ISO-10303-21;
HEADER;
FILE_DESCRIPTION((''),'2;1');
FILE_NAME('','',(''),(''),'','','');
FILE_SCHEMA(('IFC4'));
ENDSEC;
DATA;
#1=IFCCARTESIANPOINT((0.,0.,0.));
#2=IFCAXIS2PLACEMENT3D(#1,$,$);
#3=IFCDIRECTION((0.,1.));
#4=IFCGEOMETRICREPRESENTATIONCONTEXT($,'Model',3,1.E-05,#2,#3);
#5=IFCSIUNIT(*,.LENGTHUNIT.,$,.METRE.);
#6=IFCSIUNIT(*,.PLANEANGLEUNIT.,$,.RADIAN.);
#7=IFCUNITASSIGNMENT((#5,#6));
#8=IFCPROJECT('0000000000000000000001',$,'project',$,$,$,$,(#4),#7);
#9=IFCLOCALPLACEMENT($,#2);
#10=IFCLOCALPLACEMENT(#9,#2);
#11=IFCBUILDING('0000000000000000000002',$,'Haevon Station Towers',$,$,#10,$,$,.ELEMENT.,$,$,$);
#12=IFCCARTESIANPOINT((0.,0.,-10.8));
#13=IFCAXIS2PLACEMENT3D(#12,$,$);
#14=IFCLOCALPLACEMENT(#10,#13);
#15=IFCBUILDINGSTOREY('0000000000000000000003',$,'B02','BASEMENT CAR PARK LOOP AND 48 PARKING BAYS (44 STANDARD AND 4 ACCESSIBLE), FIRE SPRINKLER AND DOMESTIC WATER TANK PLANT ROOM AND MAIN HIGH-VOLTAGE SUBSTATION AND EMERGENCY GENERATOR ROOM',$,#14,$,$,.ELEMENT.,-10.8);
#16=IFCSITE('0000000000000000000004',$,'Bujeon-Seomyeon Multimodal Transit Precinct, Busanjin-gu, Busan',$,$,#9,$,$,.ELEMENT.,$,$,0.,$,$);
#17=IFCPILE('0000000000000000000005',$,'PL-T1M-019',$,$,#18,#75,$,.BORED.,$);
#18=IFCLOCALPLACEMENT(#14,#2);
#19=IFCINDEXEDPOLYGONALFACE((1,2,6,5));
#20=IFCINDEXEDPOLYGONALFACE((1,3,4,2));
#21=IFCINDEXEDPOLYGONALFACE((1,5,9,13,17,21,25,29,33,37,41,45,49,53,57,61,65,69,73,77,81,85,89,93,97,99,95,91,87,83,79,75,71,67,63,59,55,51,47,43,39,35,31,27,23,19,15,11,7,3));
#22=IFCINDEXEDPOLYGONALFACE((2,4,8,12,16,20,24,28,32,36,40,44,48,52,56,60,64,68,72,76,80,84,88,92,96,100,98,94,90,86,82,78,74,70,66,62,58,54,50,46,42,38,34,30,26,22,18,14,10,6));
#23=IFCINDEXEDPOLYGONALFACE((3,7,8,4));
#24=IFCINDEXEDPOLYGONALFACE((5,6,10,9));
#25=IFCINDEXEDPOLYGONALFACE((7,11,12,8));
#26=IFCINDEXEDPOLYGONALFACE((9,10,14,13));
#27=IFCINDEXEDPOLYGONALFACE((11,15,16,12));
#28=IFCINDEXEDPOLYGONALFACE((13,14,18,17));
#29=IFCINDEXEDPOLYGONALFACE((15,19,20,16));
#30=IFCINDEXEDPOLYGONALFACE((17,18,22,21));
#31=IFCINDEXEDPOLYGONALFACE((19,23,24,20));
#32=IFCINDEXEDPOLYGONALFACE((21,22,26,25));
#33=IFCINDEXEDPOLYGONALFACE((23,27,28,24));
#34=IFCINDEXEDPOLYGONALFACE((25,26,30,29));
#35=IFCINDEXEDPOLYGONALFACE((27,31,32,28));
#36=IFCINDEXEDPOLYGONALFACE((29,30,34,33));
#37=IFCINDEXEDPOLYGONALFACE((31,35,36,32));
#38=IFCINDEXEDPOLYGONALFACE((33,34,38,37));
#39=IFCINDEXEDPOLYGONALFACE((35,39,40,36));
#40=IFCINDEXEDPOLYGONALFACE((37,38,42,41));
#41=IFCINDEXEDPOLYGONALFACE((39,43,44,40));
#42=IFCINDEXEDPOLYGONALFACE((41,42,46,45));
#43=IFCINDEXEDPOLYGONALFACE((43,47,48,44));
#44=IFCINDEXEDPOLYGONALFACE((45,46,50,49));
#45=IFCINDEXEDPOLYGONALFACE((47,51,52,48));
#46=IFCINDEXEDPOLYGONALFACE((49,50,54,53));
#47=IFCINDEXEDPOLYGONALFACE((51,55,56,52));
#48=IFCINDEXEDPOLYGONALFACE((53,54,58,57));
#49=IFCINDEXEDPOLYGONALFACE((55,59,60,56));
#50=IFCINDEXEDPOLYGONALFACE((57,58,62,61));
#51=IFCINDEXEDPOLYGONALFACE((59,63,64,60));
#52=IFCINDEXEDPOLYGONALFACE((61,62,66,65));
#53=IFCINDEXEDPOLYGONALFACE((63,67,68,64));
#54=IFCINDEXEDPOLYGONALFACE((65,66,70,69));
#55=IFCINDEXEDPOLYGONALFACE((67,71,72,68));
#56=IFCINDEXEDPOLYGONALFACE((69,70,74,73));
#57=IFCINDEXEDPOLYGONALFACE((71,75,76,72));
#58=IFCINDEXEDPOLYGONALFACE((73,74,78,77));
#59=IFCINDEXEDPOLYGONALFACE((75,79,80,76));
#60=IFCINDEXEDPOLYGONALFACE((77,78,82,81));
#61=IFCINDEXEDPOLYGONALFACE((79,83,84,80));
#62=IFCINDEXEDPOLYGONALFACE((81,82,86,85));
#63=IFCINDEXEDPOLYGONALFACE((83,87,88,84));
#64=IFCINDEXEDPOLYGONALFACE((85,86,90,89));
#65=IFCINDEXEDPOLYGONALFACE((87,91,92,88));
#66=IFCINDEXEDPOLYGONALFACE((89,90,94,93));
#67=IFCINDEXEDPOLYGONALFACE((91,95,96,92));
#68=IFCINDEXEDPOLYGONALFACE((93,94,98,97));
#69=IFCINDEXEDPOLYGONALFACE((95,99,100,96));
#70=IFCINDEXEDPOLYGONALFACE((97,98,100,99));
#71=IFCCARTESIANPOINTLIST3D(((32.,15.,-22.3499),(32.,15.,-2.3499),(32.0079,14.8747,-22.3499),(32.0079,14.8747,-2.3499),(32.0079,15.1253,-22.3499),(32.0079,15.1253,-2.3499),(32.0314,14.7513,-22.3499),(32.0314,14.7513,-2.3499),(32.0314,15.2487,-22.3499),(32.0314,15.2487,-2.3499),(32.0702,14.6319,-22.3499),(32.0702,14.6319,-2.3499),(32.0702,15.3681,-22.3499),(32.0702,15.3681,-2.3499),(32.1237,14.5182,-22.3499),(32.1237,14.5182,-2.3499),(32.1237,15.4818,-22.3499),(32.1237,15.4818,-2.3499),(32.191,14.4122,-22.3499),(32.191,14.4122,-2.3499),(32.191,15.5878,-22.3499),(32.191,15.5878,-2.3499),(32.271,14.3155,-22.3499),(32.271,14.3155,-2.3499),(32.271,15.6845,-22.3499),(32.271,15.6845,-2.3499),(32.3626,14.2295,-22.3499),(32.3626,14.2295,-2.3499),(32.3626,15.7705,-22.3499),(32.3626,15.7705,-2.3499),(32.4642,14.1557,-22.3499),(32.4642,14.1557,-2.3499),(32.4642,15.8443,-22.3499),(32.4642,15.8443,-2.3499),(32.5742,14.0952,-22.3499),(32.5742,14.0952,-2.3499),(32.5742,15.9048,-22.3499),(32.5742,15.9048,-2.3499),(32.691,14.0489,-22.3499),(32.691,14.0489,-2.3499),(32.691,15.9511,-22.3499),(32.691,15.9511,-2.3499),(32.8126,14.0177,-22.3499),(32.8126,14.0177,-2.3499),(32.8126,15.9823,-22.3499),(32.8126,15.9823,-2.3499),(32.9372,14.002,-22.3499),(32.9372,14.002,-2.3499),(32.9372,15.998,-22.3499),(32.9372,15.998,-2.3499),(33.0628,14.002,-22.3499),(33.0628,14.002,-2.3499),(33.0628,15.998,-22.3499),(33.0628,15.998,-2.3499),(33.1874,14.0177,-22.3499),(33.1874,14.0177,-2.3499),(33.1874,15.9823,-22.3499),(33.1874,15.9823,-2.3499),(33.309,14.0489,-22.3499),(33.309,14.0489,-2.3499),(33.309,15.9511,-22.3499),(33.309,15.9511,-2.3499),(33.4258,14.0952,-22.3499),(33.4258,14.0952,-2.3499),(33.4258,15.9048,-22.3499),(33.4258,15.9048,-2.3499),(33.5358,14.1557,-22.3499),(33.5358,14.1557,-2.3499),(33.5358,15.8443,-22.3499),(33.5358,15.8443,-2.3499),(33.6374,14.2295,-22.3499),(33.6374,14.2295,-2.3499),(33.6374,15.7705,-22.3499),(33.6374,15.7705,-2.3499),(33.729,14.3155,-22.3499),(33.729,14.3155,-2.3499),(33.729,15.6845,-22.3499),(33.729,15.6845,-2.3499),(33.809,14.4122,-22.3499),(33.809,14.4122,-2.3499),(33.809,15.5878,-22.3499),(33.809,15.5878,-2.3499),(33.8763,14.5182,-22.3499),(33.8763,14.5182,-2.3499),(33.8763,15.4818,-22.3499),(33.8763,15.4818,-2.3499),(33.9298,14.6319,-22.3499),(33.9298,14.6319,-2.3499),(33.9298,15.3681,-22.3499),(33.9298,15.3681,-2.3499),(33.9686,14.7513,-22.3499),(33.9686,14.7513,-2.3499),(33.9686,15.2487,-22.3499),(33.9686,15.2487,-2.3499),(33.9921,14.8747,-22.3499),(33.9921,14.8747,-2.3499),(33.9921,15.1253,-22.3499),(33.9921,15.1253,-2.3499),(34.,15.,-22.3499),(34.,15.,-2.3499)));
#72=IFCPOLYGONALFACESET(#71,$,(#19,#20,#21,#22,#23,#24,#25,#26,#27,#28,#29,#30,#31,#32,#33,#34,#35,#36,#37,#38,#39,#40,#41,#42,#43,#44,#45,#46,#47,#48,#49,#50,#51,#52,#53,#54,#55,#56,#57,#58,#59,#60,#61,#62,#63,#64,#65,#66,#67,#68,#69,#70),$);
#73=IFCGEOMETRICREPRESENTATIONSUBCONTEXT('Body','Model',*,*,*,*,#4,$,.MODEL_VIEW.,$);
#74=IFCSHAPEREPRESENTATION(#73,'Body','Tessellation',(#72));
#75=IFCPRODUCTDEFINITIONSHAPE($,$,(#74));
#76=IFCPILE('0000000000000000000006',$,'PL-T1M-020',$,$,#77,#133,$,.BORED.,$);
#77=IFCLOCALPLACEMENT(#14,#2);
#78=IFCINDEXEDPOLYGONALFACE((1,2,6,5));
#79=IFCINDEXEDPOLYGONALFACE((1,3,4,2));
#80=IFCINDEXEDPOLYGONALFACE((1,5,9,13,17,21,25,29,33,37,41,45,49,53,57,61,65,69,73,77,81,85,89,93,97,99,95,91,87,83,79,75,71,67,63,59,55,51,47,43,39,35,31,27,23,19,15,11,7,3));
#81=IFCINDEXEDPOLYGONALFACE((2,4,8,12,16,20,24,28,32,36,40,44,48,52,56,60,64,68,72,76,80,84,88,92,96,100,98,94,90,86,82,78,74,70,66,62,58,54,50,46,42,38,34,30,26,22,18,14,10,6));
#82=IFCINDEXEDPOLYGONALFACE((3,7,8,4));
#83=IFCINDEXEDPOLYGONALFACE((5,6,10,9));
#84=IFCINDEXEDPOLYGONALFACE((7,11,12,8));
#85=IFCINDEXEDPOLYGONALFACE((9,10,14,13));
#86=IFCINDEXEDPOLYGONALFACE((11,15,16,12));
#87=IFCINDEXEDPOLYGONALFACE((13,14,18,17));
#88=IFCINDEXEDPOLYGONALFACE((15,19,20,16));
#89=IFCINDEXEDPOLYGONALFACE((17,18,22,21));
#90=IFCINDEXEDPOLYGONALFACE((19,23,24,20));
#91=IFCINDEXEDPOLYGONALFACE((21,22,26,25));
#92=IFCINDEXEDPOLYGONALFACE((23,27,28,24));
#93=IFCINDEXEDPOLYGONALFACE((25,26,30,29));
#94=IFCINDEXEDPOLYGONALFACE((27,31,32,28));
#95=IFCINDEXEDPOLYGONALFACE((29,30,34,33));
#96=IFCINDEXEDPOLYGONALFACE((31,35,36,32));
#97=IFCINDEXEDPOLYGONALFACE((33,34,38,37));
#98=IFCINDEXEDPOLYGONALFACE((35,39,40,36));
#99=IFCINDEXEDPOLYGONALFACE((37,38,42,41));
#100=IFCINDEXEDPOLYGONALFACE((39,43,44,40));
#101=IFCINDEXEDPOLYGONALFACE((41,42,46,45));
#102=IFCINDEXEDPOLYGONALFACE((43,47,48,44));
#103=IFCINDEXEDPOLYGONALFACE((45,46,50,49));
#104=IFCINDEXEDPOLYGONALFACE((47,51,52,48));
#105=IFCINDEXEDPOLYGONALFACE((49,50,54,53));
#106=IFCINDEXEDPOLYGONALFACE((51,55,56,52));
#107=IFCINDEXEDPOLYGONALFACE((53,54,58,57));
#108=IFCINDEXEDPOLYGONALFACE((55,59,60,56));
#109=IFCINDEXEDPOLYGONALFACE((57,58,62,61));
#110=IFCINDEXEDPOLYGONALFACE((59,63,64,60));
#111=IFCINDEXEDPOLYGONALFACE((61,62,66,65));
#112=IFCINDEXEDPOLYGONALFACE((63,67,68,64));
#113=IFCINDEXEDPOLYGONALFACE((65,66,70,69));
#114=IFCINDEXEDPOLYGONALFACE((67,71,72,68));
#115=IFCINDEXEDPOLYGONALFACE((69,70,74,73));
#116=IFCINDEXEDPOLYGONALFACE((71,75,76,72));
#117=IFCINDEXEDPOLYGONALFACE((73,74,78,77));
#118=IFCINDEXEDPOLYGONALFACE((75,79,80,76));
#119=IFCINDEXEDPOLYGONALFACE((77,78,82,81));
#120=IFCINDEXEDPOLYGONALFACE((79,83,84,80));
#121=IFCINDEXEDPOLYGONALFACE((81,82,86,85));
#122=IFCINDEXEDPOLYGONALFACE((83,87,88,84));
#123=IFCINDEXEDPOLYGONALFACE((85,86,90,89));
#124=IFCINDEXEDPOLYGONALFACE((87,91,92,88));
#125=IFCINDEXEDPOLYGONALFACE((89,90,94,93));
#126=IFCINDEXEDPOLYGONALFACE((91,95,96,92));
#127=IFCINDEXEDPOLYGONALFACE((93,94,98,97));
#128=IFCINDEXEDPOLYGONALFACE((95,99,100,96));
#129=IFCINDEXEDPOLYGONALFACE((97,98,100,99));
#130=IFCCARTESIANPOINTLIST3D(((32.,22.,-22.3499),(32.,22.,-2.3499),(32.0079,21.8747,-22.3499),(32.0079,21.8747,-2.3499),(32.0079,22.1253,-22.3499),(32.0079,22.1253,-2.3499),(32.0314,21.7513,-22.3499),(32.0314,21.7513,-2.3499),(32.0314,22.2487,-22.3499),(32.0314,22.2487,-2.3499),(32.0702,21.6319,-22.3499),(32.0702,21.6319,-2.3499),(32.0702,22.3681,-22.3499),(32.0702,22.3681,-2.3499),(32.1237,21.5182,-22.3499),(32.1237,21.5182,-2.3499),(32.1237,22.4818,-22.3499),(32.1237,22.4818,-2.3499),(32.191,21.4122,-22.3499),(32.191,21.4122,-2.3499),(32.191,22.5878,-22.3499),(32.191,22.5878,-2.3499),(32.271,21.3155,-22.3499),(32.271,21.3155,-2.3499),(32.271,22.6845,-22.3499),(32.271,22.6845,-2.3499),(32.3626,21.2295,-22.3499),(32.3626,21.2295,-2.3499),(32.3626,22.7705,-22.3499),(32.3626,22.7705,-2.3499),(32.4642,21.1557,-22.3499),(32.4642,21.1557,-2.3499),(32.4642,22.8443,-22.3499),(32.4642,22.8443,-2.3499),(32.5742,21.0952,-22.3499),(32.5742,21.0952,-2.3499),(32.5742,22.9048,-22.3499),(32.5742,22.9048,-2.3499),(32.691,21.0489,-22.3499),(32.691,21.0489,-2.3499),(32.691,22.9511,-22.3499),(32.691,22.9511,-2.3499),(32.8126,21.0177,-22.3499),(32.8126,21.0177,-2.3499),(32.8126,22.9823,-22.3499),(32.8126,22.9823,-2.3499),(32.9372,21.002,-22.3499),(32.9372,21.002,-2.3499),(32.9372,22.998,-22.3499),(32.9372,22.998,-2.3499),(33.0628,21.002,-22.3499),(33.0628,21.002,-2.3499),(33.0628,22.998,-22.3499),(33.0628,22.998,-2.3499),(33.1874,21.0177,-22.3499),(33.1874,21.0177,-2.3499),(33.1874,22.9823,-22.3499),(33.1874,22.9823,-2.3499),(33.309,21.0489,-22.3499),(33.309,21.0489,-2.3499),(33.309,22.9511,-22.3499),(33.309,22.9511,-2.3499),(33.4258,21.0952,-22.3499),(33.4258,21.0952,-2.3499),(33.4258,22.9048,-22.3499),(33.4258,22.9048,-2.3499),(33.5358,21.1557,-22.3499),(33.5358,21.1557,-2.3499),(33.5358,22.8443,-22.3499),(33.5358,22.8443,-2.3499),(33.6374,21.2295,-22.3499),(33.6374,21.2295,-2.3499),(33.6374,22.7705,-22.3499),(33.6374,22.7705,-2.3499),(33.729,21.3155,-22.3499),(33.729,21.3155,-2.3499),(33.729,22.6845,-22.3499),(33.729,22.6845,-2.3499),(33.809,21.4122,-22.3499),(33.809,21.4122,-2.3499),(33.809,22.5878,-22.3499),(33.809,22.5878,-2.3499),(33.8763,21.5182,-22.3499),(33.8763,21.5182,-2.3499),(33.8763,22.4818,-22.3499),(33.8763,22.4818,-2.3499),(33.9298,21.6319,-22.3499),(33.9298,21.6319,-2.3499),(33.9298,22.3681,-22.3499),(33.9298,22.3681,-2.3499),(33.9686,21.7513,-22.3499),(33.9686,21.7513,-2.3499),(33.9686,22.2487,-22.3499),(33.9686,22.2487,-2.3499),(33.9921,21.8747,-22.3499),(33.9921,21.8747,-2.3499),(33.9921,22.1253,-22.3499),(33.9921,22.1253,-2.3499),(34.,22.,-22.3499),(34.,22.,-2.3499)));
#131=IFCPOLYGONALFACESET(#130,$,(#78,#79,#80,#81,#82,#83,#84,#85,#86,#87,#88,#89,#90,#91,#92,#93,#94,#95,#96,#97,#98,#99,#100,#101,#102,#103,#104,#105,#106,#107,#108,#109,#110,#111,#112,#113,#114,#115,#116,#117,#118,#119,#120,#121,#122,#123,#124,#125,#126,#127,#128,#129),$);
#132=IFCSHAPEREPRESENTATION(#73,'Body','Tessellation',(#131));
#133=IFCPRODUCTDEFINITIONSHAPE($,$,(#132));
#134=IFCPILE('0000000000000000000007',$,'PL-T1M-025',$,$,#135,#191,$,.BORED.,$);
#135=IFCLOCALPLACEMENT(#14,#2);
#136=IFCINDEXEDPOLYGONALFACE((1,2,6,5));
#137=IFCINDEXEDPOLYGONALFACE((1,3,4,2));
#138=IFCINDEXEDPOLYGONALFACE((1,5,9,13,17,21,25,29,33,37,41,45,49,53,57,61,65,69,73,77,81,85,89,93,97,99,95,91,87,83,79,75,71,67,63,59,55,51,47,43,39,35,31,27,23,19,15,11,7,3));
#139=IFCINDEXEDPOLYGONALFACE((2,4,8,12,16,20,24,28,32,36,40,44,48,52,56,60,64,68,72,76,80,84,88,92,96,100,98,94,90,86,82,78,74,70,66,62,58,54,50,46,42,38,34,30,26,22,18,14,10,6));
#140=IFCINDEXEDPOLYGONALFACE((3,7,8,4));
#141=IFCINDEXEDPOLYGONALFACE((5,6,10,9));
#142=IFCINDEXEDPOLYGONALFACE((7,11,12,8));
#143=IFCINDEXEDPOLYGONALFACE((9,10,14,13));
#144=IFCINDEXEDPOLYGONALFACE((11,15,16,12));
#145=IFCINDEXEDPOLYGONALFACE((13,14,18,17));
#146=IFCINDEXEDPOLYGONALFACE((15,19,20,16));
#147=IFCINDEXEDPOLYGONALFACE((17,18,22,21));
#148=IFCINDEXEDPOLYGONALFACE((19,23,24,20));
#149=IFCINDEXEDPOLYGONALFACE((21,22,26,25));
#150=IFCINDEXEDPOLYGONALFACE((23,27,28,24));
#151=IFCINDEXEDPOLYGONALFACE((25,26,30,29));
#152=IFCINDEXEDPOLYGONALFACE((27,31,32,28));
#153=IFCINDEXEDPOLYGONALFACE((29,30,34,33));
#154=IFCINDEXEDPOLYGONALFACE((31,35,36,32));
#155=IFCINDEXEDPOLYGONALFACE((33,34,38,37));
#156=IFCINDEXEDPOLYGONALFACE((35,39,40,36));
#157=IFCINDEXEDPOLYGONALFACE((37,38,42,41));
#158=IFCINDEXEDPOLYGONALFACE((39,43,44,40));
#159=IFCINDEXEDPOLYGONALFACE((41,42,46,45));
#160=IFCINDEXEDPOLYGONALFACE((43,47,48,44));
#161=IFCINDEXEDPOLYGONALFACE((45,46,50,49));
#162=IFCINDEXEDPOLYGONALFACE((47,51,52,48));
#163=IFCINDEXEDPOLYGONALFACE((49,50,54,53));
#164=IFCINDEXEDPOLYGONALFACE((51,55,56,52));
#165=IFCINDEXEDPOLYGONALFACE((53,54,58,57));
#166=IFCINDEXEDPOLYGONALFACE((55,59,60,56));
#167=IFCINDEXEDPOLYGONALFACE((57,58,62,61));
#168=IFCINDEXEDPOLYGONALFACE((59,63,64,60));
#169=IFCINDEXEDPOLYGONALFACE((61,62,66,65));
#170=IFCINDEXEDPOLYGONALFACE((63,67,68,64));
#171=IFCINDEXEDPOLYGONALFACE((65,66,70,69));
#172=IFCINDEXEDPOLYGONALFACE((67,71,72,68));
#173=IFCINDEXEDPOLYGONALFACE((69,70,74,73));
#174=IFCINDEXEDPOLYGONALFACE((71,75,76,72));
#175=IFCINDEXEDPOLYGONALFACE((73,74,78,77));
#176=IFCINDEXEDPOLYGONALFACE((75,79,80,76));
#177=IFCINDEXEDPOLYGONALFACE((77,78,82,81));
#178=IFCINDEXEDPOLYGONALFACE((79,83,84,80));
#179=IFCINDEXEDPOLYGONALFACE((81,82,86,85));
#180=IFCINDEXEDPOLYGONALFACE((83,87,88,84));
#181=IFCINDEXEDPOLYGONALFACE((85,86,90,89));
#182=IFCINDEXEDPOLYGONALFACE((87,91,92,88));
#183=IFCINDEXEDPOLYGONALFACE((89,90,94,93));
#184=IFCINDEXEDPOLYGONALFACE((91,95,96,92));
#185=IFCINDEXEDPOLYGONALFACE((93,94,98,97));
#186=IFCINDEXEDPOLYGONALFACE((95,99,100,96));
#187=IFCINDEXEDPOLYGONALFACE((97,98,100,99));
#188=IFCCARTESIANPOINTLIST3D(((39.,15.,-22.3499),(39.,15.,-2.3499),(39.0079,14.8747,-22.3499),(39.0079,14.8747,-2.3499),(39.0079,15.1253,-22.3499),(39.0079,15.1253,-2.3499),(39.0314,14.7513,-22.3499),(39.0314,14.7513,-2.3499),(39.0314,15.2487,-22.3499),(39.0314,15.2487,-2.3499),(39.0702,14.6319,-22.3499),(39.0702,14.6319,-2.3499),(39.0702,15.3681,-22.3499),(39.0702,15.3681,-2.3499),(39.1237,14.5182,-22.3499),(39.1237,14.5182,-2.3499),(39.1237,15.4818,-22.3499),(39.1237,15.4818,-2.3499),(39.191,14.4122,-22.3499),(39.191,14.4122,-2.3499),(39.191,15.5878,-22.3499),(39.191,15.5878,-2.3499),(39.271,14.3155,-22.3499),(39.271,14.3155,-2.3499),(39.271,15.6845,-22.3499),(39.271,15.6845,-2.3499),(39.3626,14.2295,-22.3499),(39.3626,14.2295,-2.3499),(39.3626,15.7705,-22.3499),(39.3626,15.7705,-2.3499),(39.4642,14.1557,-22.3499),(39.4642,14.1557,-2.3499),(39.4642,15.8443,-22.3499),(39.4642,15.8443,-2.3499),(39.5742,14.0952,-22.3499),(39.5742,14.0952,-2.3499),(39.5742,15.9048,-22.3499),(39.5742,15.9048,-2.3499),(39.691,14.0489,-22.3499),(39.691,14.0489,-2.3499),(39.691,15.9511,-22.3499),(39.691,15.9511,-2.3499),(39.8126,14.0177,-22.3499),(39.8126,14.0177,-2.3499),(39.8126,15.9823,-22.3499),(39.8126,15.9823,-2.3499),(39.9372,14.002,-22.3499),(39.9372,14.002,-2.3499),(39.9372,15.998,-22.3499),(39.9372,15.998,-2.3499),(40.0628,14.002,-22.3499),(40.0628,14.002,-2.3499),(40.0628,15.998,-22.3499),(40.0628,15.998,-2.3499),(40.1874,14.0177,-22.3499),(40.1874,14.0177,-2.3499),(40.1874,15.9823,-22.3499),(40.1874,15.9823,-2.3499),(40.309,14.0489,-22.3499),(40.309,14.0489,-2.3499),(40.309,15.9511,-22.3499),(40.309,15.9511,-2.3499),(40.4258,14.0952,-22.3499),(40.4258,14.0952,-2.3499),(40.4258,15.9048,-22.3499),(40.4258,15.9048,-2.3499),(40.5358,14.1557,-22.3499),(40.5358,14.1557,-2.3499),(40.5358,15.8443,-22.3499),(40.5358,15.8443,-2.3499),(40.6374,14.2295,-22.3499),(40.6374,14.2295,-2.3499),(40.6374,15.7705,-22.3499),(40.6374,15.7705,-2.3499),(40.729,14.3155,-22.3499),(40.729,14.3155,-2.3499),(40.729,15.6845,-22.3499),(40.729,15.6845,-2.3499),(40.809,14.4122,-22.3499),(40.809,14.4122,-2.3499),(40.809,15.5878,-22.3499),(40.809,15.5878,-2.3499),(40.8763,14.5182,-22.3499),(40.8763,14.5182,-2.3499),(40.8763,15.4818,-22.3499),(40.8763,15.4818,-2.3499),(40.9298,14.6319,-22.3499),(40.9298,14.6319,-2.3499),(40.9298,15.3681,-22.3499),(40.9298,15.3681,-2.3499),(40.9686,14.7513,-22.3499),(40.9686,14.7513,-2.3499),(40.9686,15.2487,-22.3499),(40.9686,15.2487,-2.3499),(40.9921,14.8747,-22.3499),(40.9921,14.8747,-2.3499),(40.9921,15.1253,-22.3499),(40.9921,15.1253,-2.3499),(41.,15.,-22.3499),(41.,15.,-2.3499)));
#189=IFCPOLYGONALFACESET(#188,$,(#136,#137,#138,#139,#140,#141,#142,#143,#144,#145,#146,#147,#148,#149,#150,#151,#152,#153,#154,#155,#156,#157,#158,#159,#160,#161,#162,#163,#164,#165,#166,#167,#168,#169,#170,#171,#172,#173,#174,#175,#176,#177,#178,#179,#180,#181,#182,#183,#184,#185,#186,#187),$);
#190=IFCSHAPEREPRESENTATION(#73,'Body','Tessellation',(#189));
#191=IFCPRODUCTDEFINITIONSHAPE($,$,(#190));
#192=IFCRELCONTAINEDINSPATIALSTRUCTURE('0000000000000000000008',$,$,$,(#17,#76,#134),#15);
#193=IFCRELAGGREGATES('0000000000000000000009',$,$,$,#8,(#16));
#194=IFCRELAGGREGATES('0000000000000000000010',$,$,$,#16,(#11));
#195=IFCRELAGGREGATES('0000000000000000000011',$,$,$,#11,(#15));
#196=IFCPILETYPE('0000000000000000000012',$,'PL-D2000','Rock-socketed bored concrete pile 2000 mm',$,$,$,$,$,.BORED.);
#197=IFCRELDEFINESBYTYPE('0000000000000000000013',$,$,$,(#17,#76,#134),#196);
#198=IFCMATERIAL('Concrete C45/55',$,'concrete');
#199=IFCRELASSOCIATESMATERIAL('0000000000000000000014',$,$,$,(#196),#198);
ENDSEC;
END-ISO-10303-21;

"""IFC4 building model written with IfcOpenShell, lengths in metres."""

from ifc_helpers import new_model, si_unit, direction, frame, origin, origin_2d, place, context, subcontext, project, spatial, circle, extrude, material, material_profile, profile_set, type_object, element, save


model = new_model("IFC4")

# Units and contexts
model_context = context("Model", 3, precision=1e-05, world=origin(), true_north=direction((0.0, 1.0)))
body_context = subcontext(model_context, "Body", "Model", "MODEL_VIEW")
ifc_project = project(units=[si_unit("LENGTHUNIT", "METRE"), si_unit("PLANEANGLEUNIT", "RADIAN")], contexts=[model_context])

# Site, building, storey
site_placement = place(None, origin())
site = spatial("IfcSite", under=ifc_project, at=site_placement, Name="Bujeon-Seomyeon Multimodal Transit Precinct, Busanjin-gu, Busan", CompositionType="ELEMENT", RefElevation=0.0)
building_placement = place(site_placement, origin())
building = spatial("IfcBuilding", under=site, at=building_placement, Name="Haevon Station Towers", CompositionType="ELEMENT")
storey_placement = place(building_placement, frame((0.0, 0.0, -10.8)))
storey = spatial("IfcBuildingStorey", under=building, at=storey_placement, Name="B02", Description="BASEMENT CAR PARK LOOP AND 48 PARKING BAYS (44 STANDARD AND 4 ACCESSIBLE), FIRE SPRINKLER AND DOMESTIC WATER TANK PLANT ROOM AND MAIN HIGH-VOLTAGE SUBSTATION AND EMERGENCY GENERATOR ROOM", CompositionType="ELEMENT", Elevation=-10.8)

# Piles
ifc_material_1 = material(Name="Concrete C45/55", Category="concrete")
ifc_material_profile_1 = material_profile(ifc_material_1, circle(Radius=1.0, at=origin_2d()), Name="PILE-D2000")
ifc_profile_set_1 = profile_set([ifc_material_profile_1], Name="Concrete C45/55")
pile_type = type_object("IfcPileType", Name="PL-D2000", Description="Rock-socketed bored concrete pile 2000 mm", PredefinedType="BORED", material=ifc_profile_set_1)
for number, where, z_axis, x_axis, name in (
    (1, (33.0, 15.0, -2.3499), (0.0, 0.0, -1.0), (1.0, 0.0, 0.0), "PL-T1M-019"),
    (2, (33.0, 22.0, -2.3499), (0.0, 0.0, -1.0), (1.0, 0.0, 0.0), "PL-T1M-020"),
    (3, (40.0, 15.0, -2.3499), (0.0, 0.0, -1.0), (1.0, 0.0, 0.0), "PL-T1M-025"),
):
    element("IfcPile", number, at=place(storey_placement, frame(where, z_axis=z_axis, x_axis=x_axis)), inside=storey, type_object=pile_type, Name=name, PredefinedType="BORED", context=body_context, shape_type="SweptSolid", body=[
        extrude(circle(Radius=1.0, at=origin_2d()), origin(), (0.0, 0.0, 1.0), 20.0),
    ])

save(model, "model.ifc")
